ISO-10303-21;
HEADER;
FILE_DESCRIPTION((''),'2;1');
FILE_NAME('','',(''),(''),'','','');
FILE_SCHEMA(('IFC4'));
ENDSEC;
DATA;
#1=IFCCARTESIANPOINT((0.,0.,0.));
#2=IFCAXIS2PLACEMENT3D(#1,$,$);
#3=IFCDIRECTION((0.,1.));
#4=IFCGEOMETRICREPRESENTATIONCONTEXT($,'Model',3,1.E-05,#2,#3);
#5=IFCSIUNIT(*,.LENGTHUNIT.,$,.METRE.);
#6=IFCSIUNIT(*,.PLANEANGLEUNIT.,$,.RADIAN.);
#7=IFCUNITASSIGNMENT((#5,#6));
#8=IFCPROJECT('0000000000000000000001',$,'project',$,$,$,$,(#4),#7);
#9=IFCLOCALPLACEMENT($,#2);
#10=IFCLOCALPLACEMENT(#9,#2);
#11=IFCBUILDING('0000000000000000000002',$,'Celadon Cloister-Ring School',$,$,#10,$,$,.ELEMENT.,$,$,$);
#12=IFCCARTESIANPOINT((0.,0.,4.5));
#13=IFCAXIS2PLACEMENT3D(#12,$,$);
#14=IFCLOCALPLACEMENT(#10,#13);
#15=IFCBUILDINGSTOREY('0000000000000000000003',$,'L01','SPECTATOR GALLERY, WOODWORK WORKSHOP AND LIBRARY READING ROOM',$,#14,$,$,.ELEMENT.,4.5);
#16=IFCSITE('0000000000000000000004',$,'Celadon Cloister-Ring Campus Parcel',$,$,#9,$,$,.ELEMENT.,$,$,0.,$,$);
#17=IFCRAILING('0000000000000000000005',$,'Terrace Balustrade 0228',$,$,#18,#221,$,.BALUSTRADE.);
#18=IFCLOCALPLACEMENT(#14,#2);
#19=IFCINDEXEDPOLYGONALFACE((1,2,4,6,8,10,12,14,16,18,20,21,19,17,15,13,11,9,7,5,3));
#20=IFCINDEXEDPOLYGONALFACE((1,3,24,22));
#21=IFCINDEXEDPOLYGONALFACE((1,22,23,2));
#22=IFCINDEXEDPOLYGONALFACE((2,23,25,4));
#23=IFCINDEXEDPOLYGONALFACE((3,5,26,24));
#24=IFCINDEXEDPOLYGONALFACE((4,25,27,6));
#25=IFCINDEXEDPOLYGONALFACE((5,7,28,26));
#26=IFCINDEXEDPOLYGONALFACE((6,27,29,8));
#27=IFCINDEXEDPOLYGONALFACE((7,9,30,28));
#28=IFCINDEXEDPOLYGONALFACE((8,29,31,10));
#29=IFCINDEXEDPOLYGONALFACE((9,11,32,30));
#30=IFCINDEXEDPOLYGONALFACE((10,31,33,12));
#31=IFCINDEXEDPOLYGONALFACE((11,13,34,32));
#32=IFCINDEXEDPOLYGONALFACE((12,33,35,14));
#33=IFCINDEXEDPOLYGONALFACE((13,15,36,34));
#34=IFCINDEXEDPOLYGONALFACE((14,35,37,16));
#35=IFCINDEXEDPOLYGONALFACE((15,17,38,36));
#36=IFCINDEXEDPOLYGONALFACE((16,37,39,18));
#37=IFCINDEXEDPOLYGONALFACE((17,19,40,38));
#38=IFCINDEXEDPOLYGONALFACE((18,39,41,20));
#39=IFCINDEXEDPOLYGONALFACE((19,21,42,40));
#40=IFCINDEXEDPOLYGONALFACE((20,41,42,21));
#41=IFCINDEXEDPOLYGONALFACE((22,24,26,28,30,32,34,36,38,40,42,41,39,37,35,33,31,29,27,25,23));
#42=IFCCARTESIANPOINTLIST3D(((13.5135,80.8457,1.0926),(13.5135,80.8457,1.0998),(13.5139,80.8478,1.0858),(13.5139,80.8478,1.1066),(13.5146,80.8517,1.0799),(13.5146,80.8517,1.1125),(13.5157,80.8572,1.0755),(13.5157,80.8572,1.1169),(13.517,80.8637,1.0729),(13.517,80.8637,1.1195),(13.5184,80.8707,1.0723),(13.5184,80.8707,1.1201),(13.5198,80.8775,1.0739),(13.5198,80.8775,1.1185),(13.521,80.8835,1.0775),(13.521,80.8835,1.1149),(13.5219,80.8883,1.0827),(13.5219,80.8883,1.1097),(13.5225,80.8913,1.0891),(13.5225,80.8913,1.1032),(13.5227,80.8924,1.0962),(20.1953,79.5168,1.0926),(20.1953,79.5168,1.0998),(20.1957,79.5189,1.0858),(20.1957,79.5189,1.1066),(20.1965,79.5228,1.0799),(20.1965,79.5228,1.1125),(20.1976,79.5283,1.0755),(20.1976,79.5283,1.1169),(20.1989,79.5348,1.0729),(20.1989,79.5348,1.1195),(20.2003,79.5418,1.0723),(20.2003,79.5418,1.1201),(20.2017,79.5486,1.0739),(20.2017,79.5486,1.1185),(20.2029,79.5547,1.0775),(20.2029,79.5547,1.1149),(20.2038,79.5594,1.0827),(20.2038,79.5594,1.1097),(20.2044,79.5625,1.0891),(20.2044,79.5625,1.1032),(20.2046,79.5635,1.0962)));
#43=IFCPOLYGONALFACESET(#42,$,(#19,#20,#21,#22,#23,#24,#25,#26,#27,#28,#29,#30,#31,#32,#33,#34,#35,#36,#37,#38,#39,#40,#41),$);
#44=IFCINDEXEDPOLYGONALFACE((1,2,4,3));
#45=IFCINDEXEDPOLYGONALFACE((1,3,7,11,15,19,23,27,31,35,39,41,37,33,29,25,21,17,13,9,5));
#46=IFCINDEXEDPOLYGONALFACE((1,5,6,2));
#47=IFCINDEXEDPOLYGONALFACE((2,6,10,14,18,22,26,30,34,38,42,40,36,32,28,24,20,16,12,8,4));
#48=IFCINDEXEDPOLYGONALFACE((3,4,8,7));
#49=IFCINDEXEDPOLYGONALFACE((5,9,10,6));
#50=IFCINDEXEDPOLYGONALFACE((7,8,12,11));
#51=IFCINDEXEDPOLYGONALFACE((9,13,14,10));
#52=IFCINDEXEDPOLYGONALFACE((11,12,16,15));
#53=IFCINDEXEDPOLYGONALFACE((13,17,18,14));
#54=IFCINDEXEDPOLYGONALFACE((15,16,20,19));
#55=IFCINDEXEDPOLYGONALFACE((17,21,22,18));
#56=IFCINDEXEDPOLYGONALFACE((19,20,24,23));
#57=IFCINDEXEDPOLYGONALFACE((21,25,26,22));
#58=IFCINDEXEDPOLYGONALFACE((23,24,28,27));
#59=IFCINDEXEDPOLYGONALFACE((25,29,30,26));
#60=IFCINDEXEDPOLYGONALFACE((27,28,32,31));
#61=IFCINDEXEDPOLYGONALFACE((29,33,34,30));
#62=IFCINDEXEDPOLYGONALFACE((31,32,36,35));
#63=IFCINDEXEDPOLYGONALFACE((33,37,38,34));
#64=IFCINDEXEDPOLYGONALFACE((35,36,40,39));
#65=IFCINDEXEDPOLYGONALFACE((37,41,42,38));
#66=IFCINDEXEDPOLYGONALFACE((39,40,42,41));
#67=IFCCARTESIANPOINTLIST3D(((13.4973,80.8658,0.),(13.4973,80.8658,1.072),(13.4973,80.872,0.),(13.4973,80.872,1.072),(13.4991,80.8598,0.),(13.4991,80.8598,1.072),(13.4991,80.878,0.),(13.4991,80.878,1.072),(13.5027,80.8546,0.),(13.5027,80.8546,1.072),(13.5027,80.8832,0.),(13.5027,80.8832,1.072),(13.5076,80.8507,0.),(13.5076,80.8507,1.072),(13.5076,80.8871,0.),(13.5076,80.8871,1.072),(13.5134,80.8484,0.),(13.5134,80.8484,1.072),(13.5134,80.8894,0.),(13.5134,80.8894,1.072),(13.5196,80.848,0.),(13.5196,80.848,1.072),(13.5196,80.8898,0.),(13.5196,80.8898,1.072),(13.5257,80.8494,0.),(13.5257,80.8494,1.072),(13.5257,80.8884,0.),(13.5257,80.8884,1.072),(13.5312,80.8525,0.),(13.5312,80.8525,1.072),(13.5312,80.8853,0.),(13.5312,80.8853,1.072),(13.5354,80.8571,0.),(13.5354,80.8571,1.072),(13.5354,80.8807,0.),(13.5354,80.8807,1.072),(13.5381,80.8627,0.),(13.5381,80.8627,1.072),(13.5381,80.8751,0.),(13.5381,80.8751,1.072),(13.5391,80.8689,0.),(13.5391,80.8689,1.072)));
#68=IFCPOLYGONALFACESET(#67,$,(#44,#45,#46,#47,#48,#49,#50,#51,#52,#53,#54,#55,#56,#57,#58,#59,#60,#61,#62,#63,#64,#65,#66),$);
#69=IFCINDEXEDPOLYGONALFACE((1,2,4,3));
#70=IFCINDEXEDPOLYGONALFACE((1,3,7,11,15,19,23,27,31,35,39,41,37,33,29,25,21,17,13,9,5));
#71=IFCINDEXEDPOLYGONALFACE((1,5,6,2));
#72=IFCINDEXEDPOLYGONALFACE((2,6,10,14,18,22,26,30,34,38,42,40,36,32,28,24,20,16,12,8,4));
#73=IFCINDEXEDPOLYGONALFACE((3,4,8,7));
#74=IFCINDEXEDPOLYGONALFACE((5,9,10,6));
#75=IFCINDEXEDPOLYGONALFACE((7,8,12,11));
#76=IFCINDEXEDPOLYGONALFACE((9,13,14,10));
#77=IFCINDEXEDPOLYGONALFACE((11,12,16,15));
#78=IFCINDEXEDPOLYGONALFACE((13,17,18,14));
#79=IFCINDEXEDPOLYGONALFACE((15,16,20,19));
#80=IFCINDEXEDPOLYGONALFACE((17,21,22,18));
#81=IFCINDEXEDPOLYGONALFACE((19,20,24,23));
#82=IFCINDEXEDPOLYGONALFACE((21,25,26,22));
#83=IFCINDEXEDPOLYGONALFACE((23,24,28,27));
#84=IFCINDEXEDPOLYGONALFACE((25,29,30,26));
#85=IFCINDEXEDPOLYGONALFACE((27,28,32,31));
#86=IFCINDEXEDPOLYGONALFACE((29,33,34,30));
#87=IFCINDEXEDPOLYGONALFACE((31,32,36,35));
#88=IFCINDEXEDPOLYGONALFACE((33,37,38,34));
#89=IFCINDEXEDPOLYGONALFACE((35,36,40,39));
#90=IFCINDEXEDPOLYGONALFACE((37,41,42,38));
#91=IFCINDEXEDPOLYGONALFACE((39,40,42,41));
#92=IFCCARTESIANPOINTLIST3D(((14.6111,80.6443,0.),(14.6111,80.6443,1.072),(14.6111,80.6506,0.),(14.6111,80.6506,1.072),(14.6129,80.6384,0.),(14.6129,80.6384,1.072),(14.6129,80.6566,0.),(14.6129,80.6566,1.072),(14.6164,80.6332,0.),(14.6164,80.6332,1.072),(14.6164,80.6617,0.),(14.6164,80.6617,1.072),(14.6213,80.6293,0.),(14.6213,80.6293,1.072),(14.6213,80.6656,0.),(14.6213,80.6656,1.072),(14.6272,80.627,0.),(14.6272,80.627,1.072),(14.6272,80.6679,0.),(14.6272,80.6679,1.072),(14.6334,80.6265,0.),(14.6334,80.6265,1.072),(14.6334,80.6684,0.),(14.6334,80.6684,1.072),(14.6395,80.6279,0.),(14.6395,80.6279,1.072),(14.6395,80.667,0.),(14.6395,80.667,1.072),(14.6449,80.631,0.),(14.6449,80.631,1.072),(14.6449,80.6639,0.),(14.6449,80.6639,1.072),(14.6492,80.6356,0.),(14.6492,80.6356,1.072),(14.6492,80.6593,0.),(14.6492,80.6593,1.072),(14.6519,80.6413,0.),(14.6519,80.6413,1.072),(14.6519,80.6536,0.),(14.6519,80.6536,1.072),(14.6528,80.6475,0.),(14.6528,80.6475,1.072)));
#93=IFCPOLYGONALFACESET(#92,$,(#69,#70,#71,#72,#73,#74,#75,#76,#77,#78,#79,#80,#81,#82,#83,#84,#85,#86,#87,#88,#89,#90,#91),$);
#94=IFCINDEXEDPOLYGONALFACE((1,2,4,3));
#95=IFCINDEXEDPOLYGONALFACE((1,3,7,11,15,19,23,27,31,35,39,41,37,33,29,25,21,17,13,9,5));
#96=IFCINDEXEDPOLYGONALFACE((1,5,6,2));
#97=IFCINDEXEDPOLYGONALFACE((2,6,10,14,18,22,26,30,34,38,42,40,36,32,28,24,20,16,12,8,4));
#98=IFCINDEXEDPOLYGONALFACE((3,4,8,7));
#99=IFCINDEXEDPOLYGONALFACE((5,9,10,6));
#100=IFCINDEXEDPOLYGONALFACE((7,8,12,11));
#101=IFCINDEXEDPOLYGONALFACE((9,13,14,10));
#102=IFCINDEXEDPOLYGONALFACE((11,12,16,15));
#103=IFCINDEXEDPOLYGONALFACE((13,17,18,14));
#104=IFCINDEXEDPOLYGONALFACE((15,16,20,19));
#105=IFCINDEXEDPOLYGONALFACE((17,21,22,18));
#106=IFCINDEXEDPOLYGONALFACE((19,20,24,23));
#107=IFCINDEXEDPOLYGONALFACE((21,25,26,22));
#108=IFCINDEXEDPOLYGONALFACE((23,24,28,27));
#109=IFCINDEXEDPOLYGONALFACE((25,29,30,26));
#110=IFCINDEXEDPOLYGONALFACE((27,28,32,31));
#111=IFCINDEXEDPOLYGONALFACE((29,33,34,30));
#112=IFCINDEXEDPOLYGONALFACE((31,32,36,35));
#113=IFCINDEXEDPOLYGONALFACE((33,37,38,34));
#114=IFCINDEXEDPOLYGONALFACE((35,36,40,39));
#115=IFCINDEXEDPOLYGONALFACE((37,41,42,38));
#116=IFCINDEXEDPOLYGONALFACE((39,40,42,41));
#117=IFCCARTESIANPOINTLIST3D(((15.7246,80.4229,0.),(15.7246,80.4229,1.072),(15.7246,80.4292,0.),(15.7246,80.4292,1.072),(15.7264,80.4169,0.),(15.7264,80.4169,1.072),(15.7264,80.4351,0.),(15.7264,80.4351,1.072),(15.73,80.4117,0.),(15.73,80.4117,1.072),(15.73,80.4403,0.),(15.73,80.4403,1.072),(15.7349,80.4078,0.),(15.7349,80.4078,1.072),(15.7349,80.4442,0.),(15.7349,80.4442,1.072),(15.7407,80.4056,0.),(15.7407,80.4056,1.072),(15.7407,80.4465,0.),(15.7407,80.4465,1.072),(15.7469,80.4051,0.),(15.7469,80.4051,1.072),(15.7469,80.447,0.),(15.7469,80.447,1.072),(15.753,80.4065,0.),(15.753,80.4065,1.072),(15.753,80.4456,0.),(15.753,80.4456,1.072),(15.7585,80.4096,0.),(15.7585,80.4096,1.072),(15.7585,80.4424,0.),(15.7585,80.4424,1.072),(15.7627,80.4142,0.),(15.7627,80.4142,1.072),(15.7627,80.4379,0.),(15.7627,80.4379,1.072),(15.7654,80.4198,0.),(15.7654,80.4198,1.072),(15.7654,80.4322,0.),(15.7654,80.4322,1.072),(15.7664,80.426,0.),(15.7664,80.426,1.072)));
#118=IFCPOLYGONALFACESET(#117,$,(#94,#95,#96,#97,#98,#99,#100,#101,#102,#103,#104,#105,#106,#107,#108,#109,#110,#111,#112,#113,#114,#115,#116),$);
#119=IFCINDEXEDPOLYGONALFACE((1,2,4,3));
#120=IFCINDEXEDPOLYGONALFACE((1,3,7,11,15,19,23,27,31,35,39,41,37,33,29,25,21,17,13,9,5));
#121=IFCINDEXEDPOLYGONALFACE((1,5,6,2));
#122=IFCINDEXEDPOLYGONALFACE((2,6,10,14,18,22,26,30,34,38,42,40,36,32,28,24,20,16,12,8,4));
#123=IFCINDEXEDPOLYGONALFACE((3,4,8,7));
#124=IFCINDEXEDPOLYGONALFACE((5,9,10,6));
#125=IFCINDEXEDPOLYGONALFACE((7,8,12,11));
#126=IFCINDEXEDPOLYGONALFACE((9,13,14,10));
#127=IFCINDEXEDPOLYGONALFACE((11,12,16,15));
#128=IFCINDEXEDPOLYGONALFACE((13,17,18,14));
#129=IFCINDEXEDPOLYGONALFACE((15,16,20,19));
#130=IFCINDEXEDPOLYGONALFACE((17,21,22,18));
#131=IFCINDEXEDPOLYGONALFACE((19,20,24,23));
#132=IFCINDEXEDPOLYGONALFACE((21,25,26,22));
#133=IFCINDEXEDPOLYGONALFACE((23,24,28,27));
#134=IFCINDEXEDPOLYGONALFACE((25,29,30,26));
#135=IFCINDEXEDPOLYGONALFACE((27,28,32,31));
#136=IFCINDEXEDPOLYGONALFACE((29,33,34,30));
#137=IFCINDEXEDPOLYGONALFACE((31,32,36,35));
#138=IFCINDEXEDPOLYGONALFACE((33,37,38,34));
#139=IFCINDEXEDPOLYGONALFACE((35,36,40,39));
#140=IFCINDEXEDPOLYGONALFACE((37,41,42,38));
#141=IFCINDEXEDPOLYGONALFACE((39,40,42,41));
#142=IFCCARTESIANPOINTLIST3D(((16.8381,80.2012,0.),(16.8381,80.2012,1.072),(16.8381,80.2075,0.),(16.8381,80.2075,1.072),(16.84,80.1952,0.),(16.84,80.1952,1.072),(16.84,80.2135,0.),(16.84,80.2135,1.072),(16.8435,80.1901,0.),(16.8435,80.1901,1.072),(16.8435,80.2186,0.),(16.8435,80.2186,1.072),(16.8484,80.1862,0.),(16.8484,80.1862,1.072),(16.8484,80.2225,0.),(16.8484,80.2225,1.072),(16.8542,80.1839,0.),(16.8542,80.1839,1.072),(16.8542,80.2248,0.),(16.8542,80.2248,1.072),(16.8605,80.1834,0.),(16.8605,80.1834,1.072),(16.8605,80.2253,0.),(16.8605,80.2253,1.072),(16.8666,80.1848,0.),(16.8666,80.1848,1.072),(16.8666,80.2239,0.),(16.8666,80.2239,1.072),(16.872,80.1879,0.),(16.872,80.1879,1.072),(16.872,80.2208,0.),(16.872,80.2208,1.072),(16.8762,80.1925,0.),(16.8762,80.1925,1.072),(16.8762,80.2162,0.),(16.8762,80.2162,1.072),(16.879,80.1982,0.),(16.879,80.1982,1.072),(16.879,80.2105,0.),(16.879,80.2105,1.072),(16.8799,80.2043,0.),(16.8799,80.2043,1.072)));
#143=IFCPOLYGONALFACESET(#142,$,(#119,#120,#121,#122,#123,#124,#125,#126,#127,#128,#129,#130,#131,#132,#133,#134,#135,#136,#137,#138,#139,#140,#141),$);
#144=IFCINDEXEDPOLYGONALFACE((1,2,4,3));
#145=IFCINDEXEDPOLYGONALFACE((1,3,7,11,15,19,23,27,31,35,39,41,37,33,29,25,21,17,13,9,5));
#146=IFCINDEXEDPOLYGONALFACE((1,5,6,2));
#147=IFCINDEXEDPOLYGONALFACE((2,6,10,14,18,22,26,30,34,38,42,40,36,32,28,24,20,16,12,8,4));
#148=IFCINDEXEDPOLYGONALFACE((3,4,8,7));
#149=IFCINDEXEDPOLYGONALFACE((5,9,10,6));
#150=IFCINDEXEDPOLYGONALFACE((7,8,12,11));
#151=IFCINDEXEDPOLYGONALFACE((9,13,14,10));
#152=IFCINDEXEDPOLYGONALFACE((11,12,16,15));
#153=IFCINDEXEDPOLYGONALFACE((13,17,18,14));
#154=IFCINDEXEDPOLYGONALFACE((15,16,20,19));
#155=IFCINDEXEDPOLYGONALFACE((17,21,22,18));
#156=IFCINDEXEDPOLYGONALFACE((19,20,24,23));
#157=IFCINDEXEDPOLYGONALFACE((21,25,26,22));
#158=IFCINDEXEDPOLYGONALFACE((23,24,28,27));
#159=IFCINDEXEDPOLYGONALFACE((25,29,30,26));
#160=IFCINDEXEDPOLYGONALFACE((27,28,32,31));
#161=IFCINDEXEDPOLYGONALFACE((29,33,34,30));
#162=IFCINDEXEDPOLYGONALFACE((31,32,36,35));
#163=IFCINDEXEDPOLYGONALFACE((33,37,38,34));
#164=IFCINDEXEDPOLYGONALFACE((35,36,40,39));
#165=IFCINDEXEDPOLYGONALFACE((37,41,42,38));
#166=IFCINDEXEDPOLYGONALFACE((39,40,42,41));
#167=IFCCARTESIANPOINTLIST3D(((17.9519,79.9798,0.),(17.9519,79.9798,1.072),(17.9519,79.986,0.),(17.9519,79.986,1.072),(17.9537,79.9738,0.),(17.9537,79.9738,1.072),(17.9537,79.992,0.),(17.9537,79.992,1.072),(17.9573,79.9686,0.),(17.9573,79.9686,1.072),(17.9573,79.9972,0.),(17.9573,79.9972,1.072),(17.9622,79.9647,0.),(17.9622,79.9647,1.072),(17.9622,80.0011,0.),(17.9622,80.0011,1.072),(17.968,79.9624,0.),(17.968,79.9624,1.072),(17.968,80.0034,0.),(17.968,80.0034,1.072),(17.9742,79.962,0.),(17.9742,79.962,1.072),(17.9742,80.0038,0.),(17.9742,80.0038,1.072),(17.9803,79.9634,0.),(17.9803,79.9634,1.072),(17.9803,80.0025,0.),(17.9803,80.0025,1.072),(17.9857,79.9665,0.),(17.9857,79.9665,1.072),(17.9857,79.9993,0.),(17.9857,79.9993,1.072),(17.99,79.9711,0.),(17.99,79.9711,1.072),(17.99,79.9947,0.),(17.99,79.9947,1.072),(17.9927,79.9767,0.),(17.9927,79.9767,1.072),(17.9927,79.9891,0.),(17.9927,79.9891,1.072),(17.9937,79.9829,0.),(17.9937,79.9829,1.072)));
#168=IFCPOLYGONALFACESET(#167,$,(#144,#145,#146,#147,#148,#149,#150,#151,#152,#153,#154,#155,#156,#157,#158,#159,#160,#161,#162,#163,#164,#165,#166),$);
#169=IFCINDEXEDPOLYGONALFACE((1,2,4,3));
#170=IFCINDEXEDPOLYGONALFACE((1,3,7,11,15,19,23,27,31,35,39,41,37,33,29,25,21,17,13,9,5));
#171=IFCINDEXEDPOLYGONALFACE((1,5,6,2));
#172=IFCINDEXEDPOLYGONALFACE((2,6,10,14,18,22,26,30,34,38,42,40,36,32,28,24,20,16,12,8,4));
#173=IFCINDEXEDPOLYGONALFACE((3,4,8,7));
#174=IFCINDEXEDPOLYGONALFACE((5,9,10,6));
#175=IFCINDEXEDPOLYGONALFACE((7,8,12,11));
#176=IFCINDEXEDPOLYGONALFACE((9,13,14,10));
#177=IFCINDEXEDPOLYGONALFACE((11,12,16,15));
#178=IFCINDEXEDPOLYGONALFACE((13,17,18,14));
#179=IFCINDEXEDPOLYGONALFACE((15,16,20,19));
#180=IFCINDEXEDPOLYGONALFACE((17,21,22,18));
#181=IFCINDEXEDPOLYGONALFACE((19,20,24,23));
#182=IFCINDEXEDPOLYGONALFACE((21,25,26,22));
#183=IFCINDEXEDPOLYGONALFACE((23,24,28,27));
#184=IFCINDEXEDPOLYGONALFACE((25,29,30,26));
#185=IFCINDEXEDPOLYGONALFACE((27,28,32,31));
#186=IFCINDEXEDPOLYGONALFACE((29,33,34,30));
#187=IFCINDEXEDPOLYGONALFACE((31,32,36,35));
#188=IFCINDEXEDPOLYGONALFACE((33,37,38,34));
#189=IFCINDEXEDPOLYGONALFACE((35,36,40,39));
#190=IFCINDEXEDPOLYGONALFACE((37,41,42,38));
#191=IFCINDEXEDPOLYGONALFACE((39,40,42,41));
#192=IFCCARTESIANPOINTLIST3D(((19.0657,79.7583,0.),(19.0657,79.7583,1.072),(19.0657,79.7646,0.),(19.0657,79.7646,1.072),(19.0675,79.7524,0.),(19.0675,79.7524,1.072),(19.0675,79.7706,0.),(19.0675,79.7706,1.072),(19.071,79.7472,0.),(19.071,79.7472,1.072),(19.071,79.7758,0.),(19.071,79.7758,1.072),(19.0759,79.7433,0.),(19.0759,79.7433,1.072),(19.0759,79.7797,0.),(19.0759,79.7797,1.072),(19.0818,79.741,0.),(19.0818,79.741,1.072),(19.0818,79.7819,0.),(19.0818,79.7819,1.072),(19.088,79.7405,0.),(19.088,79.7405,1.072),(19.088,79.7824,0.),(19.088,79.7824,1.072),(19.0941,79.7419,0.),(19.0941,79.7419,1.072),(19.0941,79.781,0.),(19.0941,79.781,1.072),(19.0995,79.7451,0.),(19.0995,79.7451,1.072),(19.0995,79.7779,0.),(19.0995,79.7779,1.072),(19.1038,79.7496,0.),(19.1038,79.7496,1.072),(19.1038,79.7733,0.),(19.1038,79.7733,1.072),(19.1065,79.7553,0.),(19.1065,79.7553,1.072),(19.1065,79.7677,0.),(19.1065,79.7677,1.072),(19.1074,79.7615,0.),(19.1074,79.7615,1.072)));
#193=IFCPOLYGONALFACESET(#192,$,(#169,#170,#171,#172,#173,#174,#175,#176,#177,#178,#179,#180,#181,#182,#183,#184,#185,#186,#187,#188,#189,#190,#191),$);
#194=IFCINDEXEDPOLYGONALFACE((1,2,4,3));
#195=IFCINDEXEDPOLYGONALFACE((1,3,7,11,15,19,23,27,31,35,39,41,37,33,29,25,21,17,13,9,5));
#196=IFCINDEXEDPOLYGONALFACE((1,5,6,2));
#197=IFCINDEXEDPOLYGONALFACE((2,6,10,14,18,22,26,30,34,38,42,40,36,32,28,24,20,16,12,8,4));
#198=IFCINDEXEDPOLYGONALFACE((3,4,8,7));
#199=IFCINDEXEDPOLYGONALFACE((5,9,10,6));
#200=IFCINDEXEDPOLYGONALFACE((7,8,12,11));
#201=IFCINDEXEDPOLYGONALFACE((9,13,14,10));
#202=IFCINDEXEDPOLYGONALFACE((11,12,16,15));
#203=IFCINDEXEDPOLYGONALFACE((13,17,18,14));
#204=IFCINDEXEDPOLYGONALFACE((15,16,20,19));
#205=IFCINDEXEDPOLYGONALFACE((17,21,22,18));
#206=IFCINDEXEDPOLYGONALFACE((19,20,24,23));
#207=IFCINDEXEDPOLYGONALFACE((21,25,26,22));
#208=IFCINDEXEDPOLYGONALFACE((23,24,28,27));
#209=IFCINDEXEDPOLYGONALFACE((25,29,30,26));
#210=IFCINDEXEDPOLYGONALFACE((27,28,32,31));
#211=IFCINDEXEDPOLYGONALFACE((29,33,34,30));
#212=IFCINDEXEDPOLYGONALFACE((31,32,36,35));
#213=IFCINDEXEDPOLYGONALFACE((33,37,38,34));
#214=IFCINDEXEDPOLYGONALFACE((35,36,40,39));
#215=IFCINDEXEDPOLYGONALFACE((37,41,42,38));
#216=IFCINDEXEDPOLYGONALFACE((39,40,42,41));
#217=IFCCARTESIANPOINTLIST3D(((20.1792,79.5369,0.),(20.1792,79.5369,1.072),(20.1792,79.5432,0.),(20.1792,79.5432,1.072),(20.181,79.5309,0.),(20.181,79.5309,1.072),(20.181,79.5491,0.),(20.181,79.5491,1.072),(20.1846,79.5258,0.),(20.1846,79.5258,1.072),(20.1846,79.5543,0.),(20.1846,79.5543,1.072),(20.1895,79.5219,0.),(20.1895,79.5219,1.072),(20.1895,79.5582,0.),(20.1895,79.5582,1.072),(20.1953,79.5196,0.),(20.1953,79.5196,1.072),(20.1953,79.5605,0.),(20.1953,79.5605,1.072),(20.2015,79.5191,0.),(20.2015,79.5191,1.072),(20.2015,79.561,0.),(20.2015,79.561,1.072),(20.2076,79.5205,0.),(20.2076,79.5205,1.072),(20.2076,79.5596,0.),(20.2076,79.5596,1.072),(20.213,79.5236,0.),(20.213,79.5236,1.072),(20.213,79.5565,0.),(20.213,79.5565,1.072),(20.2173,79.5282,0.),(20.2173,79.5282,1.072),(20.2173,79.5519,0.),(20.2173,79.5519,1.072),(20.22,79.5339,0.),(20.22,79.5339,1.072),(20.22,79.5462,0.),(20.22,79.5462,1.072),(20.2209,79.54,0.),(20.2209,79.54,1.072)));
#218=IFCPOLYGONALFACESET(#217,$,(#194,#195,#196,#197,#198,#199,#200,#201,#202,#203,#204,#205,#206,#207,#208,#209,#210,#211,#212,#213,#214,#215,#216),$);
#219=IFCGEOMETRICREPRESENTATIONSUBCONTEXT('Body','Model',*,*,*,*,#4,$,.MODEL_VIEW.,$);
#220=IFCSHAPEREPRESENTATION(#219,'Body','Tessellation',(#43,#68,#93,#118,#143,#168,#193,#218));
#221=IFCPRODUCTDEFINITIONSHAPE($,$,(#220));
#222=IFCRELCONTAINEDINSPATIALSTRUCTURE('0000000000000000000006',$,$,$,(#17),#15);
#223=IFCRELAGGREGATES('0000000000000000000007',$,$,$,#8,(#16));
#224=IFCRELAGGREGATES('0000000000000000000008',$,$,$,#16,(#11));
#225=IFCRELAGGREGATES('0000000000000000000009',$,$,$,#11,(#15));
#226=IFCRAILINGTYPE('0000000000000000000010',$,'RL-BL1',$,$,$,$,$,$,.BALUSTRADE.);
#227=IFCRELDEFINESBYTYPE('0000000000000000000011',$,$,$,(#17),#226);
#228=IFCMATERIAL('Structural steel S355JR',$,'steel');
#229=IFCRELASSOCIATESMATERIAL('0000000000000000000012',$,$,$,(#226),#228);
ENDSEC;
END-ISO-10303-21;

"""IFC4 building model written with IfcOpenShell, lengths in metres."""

from ifc_helpers import new_model, si_unit, direction, frame, origin, origin_2d, place, context, subcontext, project, spatial, circle, extrude, material, type_object, element, save


model = new_model("IFC4")

# Units and contexts
model_context = context("Model", 3, precision=1e-05, world=origin(), true_north=direction((0.0, 1.0)))
body_context = subcontext(model_context, "Body", "Model", "MODEL_VIEW")
ifc_project = project(units=[si_unit("LENGTHUNIT", "METRE"), si_unit("PLANEANGLEUNIT", "RADIAN")], contexts=[model_context])

# Site, building, storey
site_placement = place(None, origin())
site = spatial("IfcSite", under=ifc_project, at=site_placement, Name="Celadon Cloister-Ring Campus Parcel", CompositionType="ELEMENT", RefElevation=0.0)
building_placement = place(site_placement, origin())
building = spatial("IfcBuilding", under=site, at=building_placement, Name="Celadon Cloister-Ring School", CompositionType="ELEMENT")
storey_placement = place(building_placement, frame((0.0, 0.0, 4.5)))
storey = spatial("IfcBuildingStorey", under=building, at=storey_placement, Name="L01", Description="SPECTATOR GALLERY, WOODWORK WORKSHOP AND LIBRARY READING ROOM", CompositionType="ELEMENT", Elevation=4.5)

# Railing
ifc_material_1 = material(Name="Structural steel S355JR", Category="steel")
railing_type = type_object("IfcRailingType", Name="RL-BL1", PredefinedType="BALUSTRADE", material=ifc_material_1)
railing_placement = place(storey_placement, frame((13.5181, 80.8689, 0.0)))
element("IfcRailing", 1, at=railing_placement, inside=storey, type_object=railing_type, Name="Terrace Balustrade 0228", PredefinedType="BALUSTRADE", context=body_context, shape_type="SweptSolid", body=[
    extrude(circle(Radius=0.0239, at=origin_2d()), frame((0.0, 0.0, 1.0962), z_axis=(0.980792, -0.195055, 0.0), x_axis=(0.195055, 0.980792, 0.0)), (0.0, 0.0, 1.0), 6.8127),
    extrude(circle(Radius=0.021, at=origin_2d()), origin(), (0.0, 0.0, 1.0), 1.072),
    extrude(circle(Radius=0.021, at=origin_2d()), frame((1.1138, -0.2214, 0.0)), (0.0, 0.0, 1.0), 1.072),
    extrude(circle(Radius=0.021, at=origin_2d()), frame((2.2273, -0.4429, 0.0)), (0.0, 0.0, 1.0), 1.072),
    extrude(circle(Radius=0.021, at=origin_2d()), frame((3.3408, -0.6646, 0.0)), (0.0, 0.0, 1.0), 1.072),
    extrude(circle(Radius=0.021, at=origin_2d()), frame((4.4546, -0.886, 0.0)), (0.0, 0.0, 1.0), 1.072),
    extrude(circle(Radius=0.021, at=origin_2d()), frame((5.5684, -1.1074, 0.0)), (0.0, 0.0, 1.0), 1.072),
    extrude(circle(Radius=0.021, at=origin_2d()), frame((6.6819, -1.3289, 0.0)), (0.0, 0.0, 1.0), 1.072),
])

save(model, "model.ifc")
